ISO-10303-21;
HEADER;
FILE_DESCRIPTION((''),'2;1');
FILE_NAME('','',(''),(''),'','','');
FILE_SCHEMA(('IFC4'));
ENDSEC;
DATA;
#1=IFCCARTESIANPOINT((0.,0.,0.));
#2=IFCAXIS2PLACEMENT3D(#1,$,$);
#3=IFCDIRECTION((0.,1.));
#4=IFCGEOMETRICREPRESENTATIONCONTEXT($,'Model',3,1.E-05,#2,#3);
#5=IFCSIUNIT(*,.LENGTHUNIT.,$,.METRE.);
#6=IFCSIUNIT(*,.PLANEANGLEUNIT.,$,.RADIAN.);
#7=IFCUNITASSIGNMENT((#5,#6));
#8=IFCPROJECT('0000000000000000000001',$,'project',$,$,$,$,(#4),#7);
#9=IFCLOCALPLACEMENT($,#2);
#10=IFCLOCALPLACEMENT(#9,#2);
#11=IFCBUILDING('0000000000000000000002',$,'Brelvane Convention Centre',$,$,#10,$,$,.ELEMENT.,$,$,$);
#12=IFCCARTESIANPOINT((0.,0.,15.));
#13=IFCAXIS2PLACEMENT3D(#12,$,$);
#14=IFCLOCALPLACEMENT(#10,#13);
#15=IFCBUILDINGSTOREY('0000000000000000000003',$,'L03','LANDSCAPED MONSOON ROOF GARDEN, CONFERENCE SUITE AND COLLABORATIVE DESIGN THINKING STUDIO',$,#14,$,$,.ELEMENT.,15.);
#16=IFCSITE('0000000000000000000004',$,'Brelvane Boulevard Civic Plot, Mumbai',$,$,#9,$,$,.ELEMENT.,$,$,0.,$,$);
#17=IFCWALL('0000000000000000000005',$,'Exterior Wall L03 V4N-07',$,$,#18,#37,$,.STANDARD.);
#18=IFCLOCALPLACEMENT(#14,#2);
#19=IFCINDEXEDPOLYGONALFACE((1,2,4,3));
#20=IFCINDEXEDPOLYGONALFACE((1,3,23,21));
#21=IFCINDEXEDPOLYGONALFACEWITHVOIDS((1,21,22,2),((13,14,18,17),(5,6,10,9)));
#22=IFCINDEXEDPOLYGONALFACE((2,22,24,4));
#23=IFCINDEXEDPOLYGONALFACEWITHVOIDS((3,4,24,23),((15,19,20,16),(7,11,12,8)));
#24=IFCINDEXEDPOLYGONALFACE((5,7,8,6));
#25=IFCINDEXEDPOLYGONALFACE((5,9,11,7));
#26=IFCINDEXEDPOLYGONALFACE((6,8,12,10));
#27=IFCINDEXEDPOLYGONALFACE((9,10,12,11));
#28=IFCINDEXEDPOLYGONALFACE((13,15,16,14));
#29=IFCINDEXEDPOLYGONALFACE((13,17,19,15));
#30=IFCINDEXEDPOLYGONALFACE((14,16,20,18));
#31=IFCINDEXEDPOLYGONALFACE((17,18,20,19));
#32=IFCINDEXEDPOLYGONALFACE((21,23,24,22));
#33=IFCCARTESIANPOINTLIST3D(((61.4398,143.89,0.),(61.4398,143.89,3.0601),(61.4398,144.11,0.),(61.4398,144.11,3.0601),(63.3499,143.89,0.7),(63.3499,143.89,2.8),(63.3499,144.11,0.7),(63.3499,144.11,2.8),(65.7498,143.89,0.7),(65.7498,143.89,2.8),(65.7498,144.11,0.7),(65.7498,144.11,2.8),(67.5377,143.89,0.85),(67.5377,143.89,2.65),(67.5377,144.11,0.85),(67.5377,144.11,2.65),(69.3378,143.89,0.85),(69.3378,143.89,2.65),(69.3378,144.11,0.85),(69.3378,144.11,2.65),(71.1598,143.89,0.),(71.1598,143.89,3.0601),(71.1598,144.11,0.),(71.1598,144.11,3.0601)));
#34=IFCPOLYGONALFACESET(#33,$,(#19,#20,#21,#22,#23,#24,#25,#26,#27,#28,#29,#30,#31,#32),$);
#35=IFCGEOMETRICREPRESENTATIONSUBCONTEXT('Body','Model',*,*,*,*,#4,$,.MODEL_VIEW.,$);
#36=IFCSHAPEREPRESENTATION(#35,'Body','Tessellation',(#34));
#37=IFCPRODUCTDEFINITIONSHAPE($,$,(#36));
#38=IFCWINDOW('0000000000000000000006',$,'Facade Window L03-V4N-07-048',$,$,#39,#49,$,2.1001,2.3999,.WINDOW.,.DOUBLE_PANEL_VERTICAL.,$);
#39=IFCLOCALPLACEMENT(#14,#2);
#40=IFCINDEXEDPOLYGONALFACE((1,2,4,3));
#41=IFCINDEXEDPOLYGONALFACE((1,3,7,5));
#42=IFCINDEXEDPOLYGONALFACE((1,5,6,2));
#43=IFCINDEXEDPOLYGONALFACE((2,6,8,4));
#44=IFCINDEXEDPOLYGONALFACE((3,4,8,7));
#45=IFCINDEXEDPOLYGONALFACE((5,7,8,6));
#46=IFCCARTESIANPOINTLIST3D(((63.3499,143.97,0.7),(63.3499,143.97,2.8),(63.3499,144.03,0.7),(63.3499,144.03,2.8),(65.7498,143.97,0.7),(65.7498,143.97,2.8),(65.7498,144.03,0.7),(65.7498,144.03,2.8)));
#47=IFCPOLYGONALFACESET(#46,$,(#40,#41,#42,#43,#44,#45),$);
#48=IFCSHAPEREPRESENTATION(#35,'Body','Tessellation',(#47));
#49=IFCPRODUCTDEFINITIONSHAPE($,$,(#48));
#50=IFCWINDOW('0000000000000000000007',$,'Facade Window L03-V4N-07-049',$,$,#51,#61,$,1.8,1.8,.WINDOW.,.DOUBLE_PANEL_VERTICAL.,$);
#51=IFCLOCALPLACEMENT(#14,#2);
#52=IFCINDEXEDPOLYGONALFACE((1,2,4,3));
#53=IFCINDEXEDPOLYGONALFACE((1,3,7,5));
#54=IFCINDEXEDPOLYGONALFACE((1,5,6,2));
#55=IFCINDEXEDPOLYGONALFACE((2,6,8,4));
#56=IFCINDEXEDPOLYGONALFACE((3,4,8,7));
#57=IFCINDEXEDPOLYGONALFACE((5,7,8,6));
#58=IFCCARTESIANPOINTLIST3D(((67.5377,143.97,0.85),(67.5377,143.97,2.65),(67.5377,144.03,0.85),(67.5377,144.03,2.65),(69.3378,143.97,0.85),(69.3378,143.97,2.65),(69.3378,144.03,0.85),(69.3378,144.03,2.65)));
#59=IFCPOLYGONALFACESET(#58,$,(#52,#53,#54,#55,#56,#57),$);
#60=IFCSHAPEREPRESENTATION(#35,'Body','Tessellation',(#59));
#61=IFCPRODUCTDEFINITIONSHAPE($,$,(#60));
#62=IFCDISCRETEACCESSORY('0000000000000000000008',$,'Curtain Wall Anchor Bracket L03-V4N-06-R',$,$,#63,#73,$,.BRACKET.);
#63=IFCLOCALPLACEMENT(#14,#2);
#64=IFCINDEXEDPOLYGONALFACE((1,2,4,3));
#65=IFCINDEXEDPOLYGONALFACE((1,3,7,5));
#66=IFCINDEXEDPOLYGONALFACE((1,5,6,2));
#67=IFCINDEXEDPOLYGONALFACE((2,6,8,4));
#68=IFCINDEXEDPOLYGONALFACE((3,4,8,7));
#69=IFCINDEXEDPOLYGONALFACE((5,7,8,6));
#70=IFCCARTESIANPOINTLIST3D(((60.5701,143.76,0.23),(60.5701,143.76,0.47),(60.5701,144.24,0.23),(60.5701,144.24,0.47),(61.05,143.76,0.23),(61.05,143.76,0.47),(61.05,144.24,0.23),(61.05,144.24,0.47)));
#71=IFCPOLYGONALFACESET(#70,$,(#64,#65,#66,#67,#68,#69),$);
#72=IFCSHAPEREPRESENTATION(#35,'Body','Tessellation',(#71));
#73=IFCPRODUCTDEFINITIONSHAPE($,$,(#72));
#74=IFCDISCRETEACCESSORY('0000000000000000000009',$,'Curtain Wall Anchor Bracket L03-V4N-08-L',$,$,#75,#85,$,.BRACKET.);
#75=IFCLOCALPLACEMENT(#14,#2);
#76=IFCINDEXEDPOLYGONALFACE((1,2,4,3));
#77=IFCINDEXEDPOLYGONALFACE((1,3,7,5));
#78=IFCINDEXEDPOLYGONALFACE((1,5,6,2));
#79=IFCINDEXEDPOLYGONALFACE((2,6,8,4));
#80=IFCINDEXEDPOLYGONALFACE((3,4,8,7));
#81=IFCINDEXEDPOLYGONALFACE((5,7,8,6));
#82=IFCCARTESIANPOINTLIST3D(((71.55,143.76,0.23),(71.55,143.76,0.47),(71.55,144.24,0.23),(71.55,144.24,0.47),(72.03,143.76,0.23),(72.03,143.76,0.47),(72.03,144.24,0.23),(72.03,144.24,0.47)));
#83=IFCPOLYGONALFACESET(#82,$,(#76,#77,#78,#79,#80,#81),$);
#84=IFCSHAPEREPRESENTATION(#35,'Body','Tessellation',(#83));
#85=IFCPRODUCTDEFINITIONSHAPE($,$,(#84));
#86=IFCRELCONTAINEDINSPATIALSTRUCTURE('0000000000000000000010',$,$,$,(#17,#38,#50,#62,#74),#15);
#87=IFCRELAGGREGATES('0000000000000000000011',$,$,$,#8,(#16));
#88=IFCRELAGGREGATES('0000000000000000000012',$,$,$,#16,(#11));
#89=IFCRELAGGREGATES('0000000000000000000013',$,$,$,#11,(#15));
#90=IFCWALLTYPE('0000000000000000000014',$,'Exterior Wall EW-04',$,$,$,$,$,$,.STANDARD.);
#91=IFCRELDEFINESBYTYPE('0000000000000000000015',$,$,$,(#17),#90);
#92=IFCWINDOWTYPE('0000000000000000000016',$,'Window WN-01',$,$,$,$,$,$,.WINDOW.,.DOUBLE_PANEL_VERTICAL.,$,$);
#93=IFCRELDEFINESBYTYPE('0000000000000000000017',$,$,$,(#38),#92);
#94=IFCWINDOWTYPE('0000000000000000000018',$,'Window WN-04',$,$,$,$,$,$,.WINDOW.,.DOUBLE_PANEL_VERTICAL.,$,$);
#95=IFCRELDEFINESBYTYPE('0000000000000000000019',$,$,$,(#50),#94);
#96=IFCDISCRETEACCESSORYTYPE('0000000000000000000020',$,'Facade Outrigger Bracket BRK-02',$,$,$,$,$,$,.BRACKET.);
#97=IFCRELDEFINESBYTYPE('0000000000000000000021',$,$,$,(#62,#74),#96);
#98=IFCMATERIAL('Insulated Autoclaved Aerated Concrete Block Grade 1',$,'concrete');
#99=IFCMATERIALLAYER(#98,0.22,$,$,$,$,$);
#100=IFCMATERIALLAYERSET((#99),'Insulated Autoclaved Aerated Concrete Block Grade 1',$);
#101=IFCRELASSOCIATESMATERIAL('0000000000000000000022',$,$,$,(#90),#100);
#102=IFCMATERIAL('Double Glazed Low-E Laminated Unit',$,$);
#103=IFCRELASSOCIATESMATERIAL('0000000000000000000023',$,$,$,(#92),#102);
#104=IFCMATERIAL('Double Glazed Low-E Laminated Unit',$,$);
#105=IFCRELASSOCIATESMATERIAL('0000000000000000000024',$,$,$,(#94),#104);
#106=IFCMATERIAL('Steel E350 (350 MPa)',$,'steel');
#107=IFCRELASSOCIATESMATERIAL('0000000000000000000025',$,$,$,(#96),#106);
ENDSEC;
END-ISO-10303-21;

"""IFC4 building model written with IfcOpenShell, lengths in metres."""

from ifc_helpers import new_model, si_unit, direction, frame, frame_2d, origin, origin_2d, place, context, subcontext, project, spatial, rectangle, extrude, material, layer, layer_set, type_object, element, fill, save


model = new_model("IFC4")

# Units and contexts
model_context = context("Model", 3, precision=1e-05, world=origin(), true_north=direction((0.0, 1.0)))
body_context = subcontext(model_context, "Body", "Model", "MODEL_VIEW")
ifc_project = project(units=[si_unit("LENGTHUNIT", "METRE"), si_unit("PLANEANGLEUNIT", "RADIAN")], contexts=[model_context])

# Site, building, storey
site_placement = place(None, origin())
site = spatial("IfcSite", under=ifc_project, at=site_placement, Name="Brelvane Boulevard Civic Plot, Mumbai", CompositionType="ELEMENT", RefElevation=0.0)
building_placement = place(site_placement, origin())
building = spatial("IfcBuilding", under=site, at=building_placement, Name="Brelvane Convention Centre", CompositionType="ELEMENT")
storey_placement = place(building_placement, frame((0.0, 0.0, 15.0)))
storey = spatial("IfcBuildingStorey", under=building, at=storey_placement, Name="L03", Description="LANDSCAPED MONSOON ROOF GARDEN, CONFERENCE SUITE AND COLLABORATIVE DESIGN THINKING STUDIO", CompositionType="ELEMENT", Elevation=15.0)

# Wall, openings, windows
ifc_material_1 = material(Name="Insulated Autoclaved Aerated Concrete Block Grade 1", Category="concrete")
ifc_layer_1 = layer(ifc_material_1, 0.22)
ifc_layer_set_1 = layer_set([ifc_layer_1], Name="Insulated Autoclaved Aerated Concrete Block Grade 1")
wall_type = type_object("IfcWallType", Name="Exterior Wall EW-04", PredefinedType="STANDARD", material=ifc_layer_set_1)
wall_placement = place(storey_placement, frame((61.4399, 144.0, 0.0), z_axis=(0.0, 0.0, 1.0), x_axis=(1.0, 0.0, 0.0)))
wall = element("IfcWall", 1, at=wall_placement, inside=storey, type_object=wall_type, Name="Exterior Wall L03 V4N-07", PredefinedType="STANDARD", context=body_context, shape_type="SweptSolid", body=[
    extrude(rectangle(XDim=9.72, YDim=0.22, at=frame_2d((4.8599, 0.0))), origin(), (0.0, 0.0, 1.0), 3.0601),
])
opening_1_placement = place(wall_placement, frame((1.9099, 0.0, 0.7)))
opening_1 = element("IfcOpeningElement", 2, at=opening_1_placement, cuts=wall, PredefinedType="OPENING", context=body_context, shape_type="SweptSolid", body=[
    extrude(rectangle(XDim=2.3999, YDim=2.1001, at=frame_2d((1.2, 1.05))), frame((0.0, 0.1199, 0.0), z_axis=(0.0, -1.0, 0.0), x_axis=(1.0, 0.0, 0.0)), (0.0, 0.0, 1.0), 0.24),
])
opening_2_placement = place(wall_placement, frame((6.0979, 0.0, 0.8501)))
opening_2 = element("IfcOpeningElement", 3, at=opening_2_placement, cuts=wall, PredefinedType="OPENING", context=body_context, shape_type="SweptSolid", body=[
    extrude(rectangle(XDim=1.8, YDim=1.8, at=frame_2d((0.8999, 0.8999))), frame((0.0, 0.1199, 0.0), z_axis=(0.0, -1.0, 0.0), x_axis=(1.0, 0.0, 0.0)), (0.0, 0.0, 1.0), 0.24),
])
ifc_material_2 = material(Name="Double Glazed Low-E Laminated Unit")
window_type_1 = type_object("IfcWindowType", Name="Window WN-01", PartitioningType="DOUBLE_PANEL_VERTICAL", PredefinedType="WINDOW", material=ifc_material_2)
window_1_placement = place(opening_1_placement, origin())
window_1 = element("IfcWindow", 4, at=window_1_placement, inside=storey, type_object=window_type_1, Name="Facade Window L03-V4N-07-048", OverallHeight=2.1001, OverallWidth=2.3999, PartitioningType="DOUBLE_PANEL_VERTICAL", PredefinedType="WINDOW", context=body_context, shape_type="SweptSolid", body=[
    extrude(rectangle(XDim=2.3999, YDim=2.1001, at=frame_2d((1.2, 1.05))), frame((0.0, 0.03, 0.0), z_axis=(0.0, -1.0, 0.0), x_axis=(1.0, 0.0, 0.0)), (0.0, 0.0, 1.0), 0.0601),
])
fill(opening_1, window_1)
ifc_material_3 = material(Name="Double Glazed Low-E Laminated Unit")
window_type_2 = type_object("IfcWindowType", Name="Window WN-04", PartitioningType="DOUBLE_PANEL_VERTICAL", PredefinedType="WINDOW", material=ifc_material_3)
window_2_placement = place(opening_2_placement, origin())
window_2 = element("IfcWindow", 5, at=window_2_placement, inside=storey, type_object=window_type_2, Name="Facade Window L03-V4N-07-049", OverallHeight=1.8, OverallWidth=1.8, PartitioningType="DOUBLE_PANEL_VERTICAL", PredefinedType="WINDOW", context=body_context, shape_type="SweptSolid", body=[
    extrude(rectangle(XDim=1.8, YDim=1.8, at=frame_2d((0.8999, 0.8999))), frame((0.0, 0.03, 0.0), z_axis=(0.0, -1.0, 0.0), x_axis=(1.0, 0.0, 0.0)), (0.0, 0.0, 1.0), 0.0601),
])
fill(opening_2, window_2)

# Discrete accessories
ifc_material_4 = material(Name="Steel E350 (350 MPa)", Category="steel")
discrete_accessory_type = type_object("IfcDiscreteAccessoryType", Name="Facade Outrigger Bracket BRK-02", PredefinedType="BRACKET", material=ifc_material_4)
for number, where, z_axis, x_axis, name in (
    (6, (60.8101, 144.0, 0.23), (0.0, 0.0, 1.0), (1.0, 0.0, 0.0), "Curtain Wall Anchor Bracket L03-V4N-06-R"),
    (7, (71.79, 144.0, 0.23), (0.0, 0.0, 1.0), (1.0, 0.0, 0.0), "Curtain Wall Anchor Bracket L03-V4N-08-L"),
):
    element("IfcDiscreteAccessory", number, at=place(storey_placement, frame(where, z_axis=z_axis, x_axis=x_axis)), inside=storey, type_object=discrete_accessory_type, Name=name, PredefinedType="BRACKET", context=body_context, shape_type="SweptSolid", body=[
        extrude(rectangle(XDim=0.48, YDim=0.48, at=origin_2d()), origin(), (0.0, 0.0, 1.0), 0.24),
    ])

save(model, "model.ifc")
